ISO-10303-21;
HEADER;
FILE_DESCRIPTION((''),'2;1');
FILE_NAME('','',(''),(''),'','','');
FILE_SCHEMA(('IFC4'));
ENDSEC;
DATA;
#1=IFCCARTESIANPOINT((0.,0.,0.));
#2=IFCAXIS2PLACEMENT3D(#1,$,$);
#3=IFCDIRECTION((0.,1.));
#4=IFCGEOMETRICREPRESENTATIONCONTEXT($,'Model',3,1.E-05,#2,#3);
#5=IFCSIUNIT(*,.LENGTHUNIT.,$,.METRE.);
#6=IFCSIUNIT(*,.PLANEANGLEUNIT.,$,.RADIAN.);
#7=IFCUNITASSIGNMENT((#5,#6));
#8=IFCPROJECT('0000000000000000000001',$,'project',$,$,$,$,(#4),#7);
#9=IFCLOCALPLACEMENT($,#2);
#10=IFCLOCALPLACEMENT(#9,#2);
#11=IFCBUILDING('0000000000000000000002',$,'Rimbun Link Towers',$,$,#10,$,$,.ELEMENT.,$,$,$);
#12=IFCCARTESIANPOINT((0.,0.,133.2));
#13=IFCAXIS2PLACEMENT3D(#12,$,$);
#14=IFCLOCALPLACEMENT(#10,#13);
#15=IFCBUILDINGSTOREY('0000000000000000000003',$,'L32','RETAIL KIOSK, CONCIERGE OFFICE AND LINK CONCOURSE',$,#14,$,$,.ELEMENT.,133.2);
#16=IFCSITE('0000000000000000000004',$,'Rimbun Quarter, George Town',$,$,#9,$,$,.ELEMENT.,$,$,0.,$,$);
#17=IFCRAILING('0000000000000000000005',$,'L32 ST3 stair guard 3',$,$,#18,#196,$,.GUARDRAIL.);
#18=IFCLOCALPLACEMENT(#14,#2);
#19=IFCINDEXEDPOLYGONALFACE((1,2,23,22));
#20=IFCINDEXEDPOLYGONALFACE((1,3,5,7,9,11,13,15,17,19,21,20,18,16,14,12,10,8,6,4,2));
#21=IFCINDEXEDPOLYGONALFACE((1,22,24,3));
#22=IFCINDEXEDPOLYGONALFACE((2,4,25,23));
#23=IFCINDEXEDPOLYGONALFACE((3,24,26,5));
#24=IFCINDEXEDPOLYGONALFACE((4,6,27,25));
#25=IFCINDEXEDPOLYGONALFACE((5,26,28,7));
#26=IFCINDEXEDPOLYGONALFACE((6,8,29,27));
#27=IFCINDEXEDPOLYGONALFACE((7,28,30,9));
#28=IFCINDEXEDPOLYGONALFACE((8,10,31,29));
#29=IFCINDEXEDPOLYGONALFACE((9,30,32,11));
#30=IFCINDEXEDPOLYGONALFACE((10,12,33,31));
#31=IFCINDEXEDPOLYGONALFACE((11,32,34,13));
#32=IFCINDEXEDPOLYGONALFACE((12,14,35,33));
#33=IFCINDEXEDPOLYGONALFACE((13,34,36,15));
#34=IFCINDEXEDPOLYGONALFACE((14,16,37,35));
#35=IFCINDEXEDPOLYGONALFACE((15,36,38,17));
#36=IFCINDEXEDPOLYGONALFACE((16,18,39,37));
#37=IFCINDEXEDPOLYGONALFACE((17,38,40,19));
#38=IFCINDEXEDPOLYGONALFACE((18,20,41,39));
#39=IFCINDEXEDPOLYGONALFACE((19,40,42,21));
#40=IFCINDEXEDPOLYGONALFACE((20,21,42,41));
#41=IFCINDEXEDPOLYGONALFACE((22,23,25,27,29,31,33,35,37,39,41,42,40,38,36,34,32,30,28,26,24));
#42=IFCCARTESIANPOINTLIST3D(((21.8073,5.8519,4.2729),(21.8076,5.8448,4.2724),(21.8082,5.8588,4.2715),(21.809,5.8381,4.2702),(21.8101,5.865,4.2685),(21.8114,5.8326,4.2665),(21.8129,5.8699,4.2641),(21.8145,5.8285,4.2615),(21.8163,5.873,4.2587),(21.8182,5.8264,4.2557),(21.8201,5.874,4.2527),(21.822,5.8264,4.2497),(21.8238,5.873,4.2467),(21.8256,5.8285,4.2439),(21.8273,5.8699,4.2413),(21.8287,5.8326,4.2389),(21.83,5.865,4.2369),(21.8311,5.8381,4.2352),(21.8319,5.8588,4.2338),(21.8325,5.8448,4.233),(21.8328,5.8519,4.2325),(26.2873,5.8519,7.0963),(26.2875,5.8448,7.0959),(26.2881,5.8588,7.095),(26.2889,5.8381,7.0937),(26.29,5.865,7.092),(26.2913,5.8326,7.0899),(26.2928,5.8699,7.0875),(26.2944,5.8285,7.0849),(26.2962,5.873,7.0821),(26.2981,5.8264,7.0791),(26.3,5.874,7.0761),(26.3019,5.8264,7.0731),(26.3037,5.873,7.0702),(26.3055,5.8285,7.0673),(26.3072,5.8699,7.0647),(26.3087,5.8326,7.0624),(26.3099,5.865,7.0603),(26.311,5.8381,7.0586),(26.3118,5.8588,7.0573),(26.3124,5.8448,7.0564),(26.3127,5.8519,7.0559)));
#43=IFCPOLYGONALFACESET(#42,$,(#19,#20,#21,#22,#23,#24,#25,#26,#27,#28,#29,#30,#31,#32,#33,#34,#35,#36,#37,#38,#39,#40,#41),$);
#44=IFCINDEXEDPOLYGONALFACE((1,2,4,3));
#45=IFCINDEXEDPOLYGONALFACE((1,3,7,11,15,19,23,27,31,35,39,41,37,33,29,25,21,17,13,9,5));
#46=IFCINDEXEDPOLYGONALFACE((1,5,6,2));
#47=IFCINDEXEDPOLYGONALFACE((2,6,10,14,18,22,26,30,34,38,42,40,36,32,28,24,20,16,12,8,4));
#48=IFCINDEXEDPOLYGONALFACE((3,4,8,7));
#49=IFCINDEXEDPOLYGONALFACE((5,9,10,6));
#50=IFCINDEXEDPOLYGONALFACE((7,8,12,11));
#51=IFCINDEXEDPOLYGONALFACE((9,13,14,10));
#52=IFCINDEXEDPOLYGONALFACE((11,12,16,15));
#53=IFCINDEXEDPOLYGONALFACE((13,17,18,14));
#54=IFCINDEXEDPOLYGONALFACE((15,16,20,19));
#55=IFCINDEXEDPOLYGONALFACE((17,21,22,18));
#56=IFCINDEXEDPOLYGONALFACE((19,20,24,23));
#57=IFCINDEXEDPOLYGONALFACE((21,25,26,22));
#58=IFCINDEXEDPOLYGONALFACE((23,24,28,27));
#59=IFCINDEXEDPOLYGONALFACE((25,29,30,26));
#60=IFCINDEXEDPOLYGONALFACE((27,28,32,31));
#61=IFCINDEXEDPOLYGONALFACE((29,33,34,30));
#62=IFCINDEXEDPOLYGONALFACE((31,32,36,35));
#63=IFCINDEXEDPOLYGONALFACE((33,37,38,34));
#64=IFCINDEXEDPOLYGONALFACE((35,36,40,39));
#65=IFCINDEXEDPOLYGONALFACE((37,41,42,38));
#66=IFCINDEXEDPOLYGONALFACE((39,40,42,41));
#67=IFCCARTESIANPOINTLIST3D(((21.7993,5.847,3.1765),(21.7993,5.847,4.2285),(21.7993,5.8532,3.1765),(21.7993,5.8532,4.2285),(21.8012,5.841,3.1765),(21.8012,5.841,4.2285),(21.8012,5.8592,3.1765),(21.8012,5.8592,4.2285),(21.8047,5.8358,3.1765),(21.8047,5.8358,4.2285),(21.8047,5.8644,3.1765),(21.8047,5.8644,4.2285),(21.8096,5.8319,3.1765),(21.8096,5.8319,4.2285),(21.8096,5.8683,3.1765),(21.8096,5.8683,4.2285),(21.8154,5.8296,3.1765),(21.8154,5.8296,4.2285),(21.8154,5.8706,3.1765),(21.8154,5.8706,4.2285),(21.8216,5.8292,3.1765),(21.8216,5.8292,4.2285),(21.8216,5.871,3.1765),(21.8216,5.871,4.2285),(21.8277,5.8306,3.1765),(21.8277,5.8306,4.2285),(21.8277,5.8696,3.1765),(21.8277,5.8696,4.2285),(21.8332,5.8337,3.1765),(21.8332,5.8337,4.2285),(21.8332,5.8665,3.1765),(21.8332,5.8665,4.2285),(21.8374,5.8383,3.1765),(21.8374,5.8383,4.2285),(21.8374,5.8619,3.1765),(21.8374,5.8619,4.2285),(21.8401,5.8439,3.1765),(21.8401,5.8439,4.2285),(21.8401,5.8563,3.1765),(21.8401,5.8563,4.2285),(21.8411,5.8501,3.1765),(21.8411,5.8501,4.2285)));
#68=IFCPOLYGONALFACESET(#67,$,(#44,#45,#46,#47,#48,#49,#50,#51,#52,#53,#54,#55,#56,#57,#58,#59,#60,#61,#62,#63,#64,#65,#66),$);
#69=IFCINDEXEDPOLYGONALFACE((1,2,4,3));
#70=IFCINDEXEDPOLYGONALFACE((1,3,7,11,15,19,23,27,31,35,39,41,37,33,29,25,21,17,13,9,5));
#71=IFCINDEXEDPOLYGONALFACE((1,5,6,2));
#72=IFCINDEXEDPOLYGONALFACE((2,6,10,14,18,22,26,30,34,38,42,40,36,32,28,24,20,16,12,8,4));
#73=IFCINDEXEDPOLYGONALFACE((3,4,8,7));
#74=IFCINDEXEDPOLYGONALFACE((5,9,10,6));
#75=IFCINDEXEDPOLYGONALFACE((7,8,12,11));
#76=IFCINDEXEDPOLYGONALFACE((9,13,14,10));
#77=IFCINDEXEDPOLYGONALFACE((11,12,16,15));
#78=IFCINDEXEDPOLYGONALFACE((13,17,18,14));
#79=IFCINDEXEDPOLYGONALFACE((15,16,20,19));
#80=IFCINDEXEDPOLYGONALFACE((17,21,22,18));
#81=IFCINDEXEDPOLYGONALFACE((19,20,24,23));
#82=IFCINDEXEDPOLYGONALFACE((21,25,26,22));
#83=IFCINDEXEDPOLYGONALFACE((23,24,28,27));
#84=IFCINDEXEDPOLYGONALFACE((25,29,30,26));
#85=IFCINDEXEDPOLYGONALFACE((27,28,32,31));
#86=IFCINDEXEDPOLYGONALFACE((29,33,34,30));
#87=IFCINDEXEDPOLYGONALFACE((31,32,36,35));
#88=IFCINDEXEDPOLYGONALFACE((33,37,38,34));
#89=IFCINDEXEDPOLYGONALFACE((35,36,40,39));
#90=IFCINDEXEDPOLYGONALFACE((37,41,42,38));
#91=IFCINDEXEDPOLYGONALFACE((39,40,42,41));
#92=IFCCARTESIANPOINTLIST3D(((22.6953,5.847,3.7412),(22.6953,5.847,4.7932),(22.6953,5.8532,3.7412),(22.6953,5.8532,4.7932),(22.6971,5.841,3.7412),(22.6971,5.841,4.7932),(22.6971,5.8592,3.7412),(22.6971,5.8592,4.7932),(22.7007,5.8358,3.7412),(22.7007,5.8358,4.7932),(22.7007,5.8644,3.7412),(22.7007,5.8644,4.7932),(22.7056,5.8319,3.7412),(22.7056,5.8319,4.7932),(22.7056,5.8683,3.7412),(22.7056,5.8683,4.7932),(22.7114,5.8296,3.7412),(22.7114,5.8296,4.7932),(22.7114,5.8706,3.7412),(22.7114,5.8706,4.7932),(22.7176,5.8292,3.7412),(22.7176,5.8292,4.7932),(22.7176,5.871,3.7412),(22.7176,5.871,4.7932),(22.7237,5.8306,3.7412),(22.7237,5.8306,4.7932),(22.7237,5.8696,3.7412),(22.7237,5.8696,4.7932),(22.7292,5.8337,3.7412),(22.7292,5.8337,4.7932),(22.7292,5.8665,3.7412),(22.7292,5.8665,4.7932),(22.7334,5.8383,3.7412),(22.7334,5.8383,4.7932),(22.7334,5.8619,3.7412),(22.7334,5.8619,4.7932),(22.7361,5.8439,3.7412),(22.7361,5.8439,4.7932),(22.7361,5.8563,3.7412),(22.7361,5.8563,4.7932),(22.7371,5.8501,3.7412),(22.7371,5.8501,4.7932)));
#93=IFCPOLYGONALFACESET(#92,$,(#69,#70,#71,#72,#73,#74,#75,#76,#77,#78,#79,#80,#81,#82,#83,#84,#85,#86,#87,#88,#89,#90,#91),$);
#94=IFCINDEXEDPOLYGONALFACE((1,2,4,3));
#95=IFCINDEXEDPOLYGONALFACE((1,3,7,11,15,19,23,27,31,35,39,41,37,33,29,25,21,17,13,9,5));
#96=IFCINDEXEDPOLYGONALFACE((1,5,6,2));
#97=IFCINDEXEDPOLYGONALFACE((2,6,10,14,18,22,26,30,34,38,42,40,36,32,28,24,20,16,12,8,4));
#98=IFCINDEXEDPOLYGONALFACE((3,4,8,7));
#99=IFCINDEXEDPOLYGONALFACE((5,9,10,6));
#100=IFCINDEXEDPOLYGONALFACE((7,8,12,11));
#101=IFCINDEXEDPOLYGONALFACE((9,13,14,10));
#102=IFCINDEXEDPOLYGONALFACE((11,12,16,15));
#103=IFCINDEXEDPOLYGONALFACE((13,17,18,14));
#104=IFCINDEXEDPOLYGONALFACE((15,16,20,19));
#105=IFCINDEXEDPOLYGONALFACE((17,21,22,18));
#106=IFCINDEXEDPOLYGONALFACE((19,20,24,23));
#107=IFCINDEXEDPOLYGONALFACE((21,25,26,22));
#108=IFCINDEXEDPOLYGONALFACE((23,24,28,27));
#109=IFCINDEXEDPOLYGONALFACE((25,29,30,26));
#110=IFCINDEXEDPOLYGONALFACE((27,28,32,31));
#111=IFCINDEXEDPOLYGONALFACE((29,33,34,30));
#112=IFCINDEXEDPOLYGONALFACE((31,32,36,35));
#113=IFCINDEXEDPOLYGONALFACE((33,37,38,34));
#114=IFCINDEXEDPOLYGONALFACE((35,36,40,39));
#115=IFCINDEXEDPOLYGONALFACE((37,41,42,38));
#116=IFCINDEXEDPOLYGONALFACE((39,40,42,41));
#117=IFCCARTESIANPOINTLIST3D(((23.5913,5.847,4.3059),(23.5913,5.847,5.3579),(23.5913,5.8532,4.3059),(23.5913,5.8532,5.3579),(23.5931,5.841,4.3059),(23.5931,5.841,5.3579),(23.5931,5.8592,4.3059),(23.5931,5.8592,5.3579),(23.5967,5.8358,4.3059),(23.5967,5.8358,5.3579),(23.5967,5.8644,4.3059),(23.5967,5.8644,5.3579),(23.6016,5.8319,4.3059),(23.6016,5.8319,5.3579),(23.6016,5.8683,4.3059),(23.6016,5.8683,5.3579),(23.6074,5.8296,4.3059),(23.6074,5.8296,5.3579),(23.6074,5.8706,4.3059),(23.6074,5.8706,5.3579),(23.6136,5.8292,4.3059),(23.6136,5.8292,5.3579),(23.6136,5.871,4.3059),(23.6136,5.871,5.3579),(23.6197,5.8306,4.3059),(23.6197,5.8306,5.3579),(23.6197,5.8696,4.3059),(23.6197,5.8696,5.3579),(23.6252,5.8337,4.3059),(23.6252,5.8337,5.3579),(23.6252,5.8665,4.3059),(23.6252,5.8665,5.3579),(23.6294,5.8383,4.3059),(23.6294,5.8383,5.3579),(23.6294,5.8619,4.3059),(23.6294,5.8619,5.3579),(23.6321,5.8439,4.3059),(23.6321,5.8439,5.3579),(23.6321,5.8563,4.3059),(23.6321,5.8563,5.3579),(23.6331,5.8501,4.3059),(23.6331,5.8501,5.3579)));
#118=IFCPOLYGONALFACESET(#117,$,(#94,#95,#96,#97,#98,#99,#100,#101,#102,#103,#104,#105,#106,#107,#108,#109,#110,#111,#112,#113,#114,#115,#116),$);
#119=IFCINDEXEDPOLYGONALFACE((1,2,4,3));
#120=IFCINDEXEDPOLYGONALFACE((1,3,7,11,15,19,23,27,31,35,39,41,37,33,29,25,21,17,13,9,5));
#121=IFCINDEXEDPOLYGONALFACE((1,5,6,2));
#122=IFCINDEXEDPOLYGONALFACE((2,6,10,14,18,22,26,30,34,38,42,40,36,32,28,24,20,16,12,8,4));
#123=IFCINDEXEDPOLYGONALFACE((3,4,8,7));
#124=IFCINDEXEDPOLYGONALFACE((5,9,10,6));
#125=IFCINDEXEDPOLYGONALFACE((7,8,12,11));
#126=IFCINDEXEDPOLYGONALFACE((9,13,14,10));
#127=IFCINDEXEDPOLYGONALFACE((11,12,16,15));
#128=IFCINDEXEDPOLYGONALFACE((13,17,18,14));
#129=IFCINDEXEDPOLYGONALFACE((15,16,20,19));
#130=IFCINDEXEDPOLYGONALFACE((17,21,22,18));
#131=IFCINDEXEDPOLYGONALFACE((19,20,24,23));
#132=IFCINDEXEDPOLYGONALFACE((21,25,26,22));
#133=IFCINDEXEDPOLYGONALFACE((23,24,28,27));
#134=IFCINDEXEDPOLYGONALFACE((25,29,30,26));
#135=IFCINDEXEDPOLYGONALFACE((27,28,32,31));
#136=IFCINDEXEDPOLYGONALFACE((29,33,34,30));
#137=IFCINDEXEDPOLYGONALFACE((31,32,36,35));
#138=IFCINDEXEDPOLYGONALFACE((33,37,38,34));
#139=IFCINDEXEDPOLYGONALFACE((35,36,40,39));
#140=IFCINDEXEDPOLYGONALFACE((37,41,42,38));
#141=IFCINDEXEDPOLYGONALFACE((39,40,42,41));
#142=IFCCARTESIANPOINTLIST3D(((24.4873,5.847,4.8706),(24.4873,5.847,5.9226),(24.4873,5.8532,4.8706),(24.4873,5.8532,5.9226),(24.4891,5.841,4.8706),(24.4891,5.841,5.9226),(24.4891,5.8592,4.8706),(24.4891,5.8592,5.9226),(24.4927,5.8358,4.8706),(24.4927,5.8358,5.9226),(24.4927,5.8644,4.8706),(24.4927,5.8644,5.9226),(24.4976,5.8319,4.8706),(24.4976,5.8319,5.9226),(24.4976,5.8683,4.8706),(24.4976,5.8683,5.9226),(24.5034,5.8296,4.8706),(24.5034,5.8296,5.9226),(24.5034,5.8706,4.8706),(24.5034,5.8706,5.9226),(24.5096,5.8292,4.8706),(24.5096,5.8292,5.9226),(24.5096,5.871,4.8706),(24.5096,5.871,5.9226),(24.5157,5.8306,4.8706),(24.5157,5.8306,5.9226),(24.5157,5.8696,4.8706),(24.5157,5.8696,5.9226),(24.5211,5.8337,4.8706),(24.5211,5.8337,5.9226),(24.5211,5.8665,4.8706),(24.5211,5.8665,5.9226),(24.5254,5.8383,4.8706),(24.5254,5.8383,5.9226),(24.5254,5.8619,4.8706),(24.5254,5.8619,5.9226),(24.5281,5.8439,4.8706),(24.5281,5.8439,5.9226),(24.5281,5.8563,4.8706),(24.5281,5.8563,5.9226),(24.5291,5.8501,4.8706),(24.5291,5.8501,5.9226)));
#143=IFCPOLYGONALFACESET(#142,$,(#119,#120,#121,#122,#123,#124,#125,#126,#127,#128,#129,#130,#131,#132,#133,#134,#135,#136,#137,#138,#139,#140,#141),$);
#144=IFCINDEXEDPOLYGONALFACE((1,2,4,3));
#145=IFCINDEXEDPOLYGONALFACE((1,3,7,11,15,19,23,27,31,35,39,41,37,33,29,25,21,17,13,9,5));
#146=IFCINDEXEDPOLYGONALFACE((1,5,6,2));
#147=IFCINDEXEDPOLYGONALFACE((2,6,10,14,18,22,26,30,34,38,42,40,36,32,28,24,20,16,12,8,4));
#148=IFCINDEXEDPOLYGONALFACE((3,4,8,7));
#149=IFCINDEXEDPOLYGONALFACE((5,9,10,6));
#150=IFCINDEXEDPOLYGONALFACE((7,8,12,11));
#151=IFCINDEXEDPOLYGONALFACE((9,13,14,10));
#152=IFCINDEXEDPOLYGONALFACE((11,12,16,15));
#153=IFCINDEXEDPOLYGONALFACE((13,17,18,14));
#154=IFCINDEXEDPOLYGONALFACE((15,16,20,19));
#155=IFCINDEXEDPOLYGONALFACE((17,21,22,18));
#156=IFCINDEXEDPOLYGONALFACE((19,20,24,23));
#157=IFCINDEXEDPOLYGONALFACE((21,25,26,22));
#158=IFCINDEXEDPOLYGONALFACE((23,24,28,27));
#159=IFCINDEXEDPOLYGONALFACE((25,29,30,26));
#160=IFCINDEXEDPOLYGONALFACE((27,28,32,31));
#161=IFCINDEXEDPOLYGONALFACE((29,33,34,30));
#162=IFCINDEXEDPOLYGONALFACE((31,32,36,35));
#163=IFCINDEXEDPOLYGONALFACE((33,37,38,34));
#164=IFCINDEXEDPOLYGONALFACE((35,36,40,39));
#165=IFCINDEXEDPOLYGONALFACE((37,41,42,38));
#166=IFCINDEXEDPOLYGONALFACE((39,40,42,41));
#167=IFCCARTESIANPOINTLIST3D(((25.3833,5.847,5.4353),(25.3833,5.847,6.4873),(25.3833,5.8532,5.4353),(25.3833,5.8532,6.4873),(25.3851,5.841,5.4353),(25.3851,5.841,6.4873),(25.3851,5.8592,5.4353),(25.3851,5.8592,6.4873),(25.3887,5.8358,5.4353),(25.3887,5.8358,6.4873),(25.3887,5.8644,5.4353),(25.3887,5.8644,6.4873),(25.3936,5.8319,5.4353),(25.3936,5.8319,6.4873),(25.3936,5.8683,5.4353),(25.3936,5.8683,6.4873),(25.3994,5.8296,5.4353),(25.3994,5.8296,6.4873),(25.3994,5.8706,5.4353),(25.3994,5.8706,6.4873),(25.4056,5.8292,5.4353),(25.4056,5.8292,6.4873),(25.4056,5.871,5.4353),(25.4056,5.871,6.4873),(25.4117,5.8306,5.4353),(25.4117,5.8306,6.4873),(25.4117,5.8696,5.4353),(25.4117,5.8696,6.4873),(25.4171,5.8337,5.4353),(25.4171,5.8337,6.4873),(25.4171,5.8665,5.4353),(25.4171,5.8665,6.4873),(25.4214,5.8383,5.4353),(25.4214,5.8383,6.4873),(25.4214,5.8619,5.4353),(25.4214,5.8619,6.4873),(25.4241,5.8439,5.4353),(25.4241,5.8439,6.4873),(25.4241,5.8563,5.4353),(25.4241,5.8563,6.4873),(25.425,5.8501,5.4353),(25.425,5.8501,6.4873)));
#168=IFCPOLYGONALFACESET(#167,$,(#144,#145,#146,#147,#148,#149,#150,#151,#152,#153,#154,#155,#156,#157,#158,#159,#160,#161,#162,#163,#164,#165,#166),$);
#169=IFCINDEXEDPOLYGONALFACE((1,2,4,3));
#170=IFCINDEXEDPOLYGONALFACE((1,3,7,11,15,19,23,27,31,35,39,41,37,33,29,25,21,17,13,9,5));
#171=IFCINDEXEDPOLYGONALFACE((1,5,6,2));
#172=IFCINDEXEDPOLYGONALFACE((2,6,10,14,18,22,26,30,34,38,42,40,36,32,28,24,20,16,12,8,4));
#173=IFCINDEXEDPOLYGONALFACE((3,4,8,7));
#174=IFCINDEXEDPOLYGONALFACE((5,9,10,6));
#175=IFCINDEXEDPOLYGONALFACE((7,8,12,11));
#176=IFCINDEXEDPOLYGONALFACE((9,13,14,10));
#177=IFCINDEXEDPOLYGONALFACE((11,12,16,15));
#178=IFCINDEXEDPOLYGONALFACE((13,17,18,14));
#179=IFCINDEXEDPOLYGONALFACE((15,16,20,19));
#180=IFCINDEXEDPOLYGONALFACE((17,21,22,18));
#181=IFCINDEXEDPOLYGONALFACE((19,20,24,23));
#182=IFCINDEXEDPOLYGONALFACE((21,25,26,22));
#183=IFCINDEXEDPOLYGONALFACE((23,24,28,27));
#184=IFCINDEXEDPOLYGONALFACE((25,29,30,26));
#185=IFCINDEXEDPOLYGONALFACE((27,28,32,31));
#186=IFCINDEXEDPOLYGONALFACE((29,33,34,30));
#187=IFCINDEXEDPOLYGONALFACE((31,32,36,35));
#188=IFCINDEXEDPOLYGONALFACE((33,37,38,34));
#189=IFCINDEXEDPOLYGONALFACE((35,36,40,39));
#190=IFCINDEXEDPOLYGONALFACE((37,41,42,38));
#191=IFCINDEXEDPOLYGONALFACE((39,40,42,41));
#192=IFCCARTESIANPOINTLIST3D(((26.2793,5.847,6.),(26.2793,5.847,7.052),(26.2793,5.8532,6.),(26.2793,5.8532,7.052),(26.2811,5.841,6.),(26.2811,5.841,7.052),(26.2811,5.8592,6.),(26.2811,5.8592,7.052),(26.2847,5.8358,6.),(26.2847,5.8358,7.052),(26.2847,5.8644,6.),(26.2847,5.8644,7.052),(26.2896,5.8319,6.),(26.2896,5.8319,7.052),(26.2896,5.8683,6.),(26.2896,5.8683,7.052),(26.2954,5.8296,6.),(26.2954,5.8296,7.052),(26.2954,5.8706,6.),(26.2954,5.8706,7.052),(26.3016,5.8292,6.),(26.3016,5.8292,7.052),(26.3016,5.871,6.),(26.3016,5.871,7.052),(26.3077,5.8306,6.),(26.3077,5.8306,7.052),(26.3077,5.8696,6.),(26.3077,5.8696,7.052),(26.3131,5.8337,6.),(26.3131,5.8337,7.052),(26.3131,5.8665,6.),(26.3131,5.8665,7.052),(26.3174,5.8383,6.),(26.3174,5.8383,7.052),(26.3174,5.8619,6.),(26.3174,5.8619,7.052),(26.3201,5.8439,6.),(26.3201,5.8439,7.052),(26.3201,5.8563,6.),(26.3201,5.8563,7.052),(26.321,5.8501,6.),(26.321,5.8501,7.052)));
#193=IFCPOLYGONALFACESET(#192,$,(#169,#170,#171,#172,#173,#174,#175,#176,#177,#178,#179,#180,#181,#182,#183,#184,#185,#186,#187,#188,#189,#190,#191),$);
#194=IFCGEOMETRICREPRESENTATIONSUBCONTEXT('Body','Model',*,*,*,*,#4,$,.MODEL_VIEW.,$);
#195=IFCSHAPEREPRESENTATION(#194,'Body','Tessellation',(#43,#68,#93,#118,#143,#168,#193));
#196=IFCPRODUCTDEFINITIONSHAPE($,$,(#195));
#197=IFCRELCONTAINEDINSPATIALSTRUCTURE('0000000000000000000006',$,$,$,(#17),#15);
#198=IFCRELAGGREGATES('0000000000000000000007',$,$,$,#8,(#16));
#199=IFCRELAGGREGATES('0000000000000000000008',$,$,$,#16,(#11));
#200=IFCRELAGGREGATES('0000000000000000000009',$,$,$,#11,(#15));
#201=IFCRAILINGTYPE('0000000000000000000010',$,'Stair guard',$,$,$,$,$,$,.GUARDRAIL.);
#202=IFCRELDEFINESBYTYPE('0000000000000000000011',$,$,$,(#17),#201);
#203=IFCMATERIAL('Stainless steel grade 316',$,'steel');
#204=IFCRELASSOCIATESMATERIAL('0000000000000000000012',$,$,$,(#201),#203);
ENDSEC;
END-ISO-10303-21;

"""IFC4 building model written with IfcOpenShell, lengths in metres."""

from ifc_helpers import new_model, si_unit, direction, frame, origin, origin_2d, place, context, subcontext, project, spatial, circle, extrude, material, type_object, element, save


model = new_model("IFC4")

# Units and contexts
model_context = context("Model", 3, precision=1e-05, world=origin(), true_north=direction((0.0, 1.0)))
body_context = subcontext(model_context, "Body", "Model", "MODEL_VIEW")
ifc_project = project(units=[si_unit("LENGTHUNIT", "METRE"), si_unit("PLANEANGLEUNIT", "RADIAN")], contexts=[model_context])

# Site, building, storey
site_placement = place(None, origin())
site = spatial("IfcSite", under=ifc_project, at=site_placement, Name="Rimbun Quarter, George Town", CompositionType="ELEMENT", RefElevation=0.0)
building_placement = place(site_placement, origin())
building = spatial("IfcBuilding", under=site, at=building_placement, Name="Rimbun Link Towers", CompositionType="ELEMENT")
storey_placement = place(building_placement, frame((0.0, 0.0, 133.2)))
storey = spatial("IfcBuildingStorey", under=building, at=storey_placement, Name="L32", Description="RETAIL KIOSK, CONCIERGE OFFICE AND LINK CONCOURSE", CompositionType="ELEMENT", Elevation=133.2)

# Railing
ifc_material_1 = material(Name="Stainless steel grade 316", Category="steel")
railing_type_1 = type_object("IfcRailingType", Name="Stair guard", PredefinedType="GUARDRAIL", material=ifc_material_1)
railing_1_placement = place(storey_placement, frame((21.8201, 5.8501, 3.1765)))
element("IfcRailing", 1, at=railing_1_placement, inside=storey, type_object=railing_type_1, Name="L32 ST3 stair guard 3", PredefinedType="GUARDRAIL", context=body_context, shape_type="SweptSolid", body=[
    extrude(circle(Radius=0.0239, at=origin_2d()), frame((0.0, 0.0, 1.0762), z_axis=(0.845998, 0.0, 0.533186), x_axis=(0.0, 1.0, 0.0)), (0.0, 0.0, 1.0), 5.2954),
    extrude(circle(Radius=0.021, at=origin_2d()), origin(), (0.0, 0.0, 1.0), 1.052),
    extrude(circle(Radius=0.021, at=origin_2d()), frame((0.896, 0.0, 0.5647)), (0.0, 0.0, 1.0), 1.052),
    extrude(circle(Radius=0.021, at=origin_2d()), frame((1.792, 0.0, 1.1294)), (0.0, 0.0, 1.0), 1.052),
    extrude(circle(Radius=0.021, at=origin_2d()), frame((2.688, 0.0, 1.6941)), (0.0, 0.0, 1.0), 1.052),
    extrude(circle(Radius=0.021, at=origin_2d()), frame((3.584, 0.0, 2.2588)), (0.0, 0.0, 1.0), 1.052),
    extrude(circle(Radius=0.021, at=origin_2d()), frame((4.48, 0.0, 2.8235)), (0.0, 0.0, 1.0), 1.052),
])

save(model, "model.ifc")
